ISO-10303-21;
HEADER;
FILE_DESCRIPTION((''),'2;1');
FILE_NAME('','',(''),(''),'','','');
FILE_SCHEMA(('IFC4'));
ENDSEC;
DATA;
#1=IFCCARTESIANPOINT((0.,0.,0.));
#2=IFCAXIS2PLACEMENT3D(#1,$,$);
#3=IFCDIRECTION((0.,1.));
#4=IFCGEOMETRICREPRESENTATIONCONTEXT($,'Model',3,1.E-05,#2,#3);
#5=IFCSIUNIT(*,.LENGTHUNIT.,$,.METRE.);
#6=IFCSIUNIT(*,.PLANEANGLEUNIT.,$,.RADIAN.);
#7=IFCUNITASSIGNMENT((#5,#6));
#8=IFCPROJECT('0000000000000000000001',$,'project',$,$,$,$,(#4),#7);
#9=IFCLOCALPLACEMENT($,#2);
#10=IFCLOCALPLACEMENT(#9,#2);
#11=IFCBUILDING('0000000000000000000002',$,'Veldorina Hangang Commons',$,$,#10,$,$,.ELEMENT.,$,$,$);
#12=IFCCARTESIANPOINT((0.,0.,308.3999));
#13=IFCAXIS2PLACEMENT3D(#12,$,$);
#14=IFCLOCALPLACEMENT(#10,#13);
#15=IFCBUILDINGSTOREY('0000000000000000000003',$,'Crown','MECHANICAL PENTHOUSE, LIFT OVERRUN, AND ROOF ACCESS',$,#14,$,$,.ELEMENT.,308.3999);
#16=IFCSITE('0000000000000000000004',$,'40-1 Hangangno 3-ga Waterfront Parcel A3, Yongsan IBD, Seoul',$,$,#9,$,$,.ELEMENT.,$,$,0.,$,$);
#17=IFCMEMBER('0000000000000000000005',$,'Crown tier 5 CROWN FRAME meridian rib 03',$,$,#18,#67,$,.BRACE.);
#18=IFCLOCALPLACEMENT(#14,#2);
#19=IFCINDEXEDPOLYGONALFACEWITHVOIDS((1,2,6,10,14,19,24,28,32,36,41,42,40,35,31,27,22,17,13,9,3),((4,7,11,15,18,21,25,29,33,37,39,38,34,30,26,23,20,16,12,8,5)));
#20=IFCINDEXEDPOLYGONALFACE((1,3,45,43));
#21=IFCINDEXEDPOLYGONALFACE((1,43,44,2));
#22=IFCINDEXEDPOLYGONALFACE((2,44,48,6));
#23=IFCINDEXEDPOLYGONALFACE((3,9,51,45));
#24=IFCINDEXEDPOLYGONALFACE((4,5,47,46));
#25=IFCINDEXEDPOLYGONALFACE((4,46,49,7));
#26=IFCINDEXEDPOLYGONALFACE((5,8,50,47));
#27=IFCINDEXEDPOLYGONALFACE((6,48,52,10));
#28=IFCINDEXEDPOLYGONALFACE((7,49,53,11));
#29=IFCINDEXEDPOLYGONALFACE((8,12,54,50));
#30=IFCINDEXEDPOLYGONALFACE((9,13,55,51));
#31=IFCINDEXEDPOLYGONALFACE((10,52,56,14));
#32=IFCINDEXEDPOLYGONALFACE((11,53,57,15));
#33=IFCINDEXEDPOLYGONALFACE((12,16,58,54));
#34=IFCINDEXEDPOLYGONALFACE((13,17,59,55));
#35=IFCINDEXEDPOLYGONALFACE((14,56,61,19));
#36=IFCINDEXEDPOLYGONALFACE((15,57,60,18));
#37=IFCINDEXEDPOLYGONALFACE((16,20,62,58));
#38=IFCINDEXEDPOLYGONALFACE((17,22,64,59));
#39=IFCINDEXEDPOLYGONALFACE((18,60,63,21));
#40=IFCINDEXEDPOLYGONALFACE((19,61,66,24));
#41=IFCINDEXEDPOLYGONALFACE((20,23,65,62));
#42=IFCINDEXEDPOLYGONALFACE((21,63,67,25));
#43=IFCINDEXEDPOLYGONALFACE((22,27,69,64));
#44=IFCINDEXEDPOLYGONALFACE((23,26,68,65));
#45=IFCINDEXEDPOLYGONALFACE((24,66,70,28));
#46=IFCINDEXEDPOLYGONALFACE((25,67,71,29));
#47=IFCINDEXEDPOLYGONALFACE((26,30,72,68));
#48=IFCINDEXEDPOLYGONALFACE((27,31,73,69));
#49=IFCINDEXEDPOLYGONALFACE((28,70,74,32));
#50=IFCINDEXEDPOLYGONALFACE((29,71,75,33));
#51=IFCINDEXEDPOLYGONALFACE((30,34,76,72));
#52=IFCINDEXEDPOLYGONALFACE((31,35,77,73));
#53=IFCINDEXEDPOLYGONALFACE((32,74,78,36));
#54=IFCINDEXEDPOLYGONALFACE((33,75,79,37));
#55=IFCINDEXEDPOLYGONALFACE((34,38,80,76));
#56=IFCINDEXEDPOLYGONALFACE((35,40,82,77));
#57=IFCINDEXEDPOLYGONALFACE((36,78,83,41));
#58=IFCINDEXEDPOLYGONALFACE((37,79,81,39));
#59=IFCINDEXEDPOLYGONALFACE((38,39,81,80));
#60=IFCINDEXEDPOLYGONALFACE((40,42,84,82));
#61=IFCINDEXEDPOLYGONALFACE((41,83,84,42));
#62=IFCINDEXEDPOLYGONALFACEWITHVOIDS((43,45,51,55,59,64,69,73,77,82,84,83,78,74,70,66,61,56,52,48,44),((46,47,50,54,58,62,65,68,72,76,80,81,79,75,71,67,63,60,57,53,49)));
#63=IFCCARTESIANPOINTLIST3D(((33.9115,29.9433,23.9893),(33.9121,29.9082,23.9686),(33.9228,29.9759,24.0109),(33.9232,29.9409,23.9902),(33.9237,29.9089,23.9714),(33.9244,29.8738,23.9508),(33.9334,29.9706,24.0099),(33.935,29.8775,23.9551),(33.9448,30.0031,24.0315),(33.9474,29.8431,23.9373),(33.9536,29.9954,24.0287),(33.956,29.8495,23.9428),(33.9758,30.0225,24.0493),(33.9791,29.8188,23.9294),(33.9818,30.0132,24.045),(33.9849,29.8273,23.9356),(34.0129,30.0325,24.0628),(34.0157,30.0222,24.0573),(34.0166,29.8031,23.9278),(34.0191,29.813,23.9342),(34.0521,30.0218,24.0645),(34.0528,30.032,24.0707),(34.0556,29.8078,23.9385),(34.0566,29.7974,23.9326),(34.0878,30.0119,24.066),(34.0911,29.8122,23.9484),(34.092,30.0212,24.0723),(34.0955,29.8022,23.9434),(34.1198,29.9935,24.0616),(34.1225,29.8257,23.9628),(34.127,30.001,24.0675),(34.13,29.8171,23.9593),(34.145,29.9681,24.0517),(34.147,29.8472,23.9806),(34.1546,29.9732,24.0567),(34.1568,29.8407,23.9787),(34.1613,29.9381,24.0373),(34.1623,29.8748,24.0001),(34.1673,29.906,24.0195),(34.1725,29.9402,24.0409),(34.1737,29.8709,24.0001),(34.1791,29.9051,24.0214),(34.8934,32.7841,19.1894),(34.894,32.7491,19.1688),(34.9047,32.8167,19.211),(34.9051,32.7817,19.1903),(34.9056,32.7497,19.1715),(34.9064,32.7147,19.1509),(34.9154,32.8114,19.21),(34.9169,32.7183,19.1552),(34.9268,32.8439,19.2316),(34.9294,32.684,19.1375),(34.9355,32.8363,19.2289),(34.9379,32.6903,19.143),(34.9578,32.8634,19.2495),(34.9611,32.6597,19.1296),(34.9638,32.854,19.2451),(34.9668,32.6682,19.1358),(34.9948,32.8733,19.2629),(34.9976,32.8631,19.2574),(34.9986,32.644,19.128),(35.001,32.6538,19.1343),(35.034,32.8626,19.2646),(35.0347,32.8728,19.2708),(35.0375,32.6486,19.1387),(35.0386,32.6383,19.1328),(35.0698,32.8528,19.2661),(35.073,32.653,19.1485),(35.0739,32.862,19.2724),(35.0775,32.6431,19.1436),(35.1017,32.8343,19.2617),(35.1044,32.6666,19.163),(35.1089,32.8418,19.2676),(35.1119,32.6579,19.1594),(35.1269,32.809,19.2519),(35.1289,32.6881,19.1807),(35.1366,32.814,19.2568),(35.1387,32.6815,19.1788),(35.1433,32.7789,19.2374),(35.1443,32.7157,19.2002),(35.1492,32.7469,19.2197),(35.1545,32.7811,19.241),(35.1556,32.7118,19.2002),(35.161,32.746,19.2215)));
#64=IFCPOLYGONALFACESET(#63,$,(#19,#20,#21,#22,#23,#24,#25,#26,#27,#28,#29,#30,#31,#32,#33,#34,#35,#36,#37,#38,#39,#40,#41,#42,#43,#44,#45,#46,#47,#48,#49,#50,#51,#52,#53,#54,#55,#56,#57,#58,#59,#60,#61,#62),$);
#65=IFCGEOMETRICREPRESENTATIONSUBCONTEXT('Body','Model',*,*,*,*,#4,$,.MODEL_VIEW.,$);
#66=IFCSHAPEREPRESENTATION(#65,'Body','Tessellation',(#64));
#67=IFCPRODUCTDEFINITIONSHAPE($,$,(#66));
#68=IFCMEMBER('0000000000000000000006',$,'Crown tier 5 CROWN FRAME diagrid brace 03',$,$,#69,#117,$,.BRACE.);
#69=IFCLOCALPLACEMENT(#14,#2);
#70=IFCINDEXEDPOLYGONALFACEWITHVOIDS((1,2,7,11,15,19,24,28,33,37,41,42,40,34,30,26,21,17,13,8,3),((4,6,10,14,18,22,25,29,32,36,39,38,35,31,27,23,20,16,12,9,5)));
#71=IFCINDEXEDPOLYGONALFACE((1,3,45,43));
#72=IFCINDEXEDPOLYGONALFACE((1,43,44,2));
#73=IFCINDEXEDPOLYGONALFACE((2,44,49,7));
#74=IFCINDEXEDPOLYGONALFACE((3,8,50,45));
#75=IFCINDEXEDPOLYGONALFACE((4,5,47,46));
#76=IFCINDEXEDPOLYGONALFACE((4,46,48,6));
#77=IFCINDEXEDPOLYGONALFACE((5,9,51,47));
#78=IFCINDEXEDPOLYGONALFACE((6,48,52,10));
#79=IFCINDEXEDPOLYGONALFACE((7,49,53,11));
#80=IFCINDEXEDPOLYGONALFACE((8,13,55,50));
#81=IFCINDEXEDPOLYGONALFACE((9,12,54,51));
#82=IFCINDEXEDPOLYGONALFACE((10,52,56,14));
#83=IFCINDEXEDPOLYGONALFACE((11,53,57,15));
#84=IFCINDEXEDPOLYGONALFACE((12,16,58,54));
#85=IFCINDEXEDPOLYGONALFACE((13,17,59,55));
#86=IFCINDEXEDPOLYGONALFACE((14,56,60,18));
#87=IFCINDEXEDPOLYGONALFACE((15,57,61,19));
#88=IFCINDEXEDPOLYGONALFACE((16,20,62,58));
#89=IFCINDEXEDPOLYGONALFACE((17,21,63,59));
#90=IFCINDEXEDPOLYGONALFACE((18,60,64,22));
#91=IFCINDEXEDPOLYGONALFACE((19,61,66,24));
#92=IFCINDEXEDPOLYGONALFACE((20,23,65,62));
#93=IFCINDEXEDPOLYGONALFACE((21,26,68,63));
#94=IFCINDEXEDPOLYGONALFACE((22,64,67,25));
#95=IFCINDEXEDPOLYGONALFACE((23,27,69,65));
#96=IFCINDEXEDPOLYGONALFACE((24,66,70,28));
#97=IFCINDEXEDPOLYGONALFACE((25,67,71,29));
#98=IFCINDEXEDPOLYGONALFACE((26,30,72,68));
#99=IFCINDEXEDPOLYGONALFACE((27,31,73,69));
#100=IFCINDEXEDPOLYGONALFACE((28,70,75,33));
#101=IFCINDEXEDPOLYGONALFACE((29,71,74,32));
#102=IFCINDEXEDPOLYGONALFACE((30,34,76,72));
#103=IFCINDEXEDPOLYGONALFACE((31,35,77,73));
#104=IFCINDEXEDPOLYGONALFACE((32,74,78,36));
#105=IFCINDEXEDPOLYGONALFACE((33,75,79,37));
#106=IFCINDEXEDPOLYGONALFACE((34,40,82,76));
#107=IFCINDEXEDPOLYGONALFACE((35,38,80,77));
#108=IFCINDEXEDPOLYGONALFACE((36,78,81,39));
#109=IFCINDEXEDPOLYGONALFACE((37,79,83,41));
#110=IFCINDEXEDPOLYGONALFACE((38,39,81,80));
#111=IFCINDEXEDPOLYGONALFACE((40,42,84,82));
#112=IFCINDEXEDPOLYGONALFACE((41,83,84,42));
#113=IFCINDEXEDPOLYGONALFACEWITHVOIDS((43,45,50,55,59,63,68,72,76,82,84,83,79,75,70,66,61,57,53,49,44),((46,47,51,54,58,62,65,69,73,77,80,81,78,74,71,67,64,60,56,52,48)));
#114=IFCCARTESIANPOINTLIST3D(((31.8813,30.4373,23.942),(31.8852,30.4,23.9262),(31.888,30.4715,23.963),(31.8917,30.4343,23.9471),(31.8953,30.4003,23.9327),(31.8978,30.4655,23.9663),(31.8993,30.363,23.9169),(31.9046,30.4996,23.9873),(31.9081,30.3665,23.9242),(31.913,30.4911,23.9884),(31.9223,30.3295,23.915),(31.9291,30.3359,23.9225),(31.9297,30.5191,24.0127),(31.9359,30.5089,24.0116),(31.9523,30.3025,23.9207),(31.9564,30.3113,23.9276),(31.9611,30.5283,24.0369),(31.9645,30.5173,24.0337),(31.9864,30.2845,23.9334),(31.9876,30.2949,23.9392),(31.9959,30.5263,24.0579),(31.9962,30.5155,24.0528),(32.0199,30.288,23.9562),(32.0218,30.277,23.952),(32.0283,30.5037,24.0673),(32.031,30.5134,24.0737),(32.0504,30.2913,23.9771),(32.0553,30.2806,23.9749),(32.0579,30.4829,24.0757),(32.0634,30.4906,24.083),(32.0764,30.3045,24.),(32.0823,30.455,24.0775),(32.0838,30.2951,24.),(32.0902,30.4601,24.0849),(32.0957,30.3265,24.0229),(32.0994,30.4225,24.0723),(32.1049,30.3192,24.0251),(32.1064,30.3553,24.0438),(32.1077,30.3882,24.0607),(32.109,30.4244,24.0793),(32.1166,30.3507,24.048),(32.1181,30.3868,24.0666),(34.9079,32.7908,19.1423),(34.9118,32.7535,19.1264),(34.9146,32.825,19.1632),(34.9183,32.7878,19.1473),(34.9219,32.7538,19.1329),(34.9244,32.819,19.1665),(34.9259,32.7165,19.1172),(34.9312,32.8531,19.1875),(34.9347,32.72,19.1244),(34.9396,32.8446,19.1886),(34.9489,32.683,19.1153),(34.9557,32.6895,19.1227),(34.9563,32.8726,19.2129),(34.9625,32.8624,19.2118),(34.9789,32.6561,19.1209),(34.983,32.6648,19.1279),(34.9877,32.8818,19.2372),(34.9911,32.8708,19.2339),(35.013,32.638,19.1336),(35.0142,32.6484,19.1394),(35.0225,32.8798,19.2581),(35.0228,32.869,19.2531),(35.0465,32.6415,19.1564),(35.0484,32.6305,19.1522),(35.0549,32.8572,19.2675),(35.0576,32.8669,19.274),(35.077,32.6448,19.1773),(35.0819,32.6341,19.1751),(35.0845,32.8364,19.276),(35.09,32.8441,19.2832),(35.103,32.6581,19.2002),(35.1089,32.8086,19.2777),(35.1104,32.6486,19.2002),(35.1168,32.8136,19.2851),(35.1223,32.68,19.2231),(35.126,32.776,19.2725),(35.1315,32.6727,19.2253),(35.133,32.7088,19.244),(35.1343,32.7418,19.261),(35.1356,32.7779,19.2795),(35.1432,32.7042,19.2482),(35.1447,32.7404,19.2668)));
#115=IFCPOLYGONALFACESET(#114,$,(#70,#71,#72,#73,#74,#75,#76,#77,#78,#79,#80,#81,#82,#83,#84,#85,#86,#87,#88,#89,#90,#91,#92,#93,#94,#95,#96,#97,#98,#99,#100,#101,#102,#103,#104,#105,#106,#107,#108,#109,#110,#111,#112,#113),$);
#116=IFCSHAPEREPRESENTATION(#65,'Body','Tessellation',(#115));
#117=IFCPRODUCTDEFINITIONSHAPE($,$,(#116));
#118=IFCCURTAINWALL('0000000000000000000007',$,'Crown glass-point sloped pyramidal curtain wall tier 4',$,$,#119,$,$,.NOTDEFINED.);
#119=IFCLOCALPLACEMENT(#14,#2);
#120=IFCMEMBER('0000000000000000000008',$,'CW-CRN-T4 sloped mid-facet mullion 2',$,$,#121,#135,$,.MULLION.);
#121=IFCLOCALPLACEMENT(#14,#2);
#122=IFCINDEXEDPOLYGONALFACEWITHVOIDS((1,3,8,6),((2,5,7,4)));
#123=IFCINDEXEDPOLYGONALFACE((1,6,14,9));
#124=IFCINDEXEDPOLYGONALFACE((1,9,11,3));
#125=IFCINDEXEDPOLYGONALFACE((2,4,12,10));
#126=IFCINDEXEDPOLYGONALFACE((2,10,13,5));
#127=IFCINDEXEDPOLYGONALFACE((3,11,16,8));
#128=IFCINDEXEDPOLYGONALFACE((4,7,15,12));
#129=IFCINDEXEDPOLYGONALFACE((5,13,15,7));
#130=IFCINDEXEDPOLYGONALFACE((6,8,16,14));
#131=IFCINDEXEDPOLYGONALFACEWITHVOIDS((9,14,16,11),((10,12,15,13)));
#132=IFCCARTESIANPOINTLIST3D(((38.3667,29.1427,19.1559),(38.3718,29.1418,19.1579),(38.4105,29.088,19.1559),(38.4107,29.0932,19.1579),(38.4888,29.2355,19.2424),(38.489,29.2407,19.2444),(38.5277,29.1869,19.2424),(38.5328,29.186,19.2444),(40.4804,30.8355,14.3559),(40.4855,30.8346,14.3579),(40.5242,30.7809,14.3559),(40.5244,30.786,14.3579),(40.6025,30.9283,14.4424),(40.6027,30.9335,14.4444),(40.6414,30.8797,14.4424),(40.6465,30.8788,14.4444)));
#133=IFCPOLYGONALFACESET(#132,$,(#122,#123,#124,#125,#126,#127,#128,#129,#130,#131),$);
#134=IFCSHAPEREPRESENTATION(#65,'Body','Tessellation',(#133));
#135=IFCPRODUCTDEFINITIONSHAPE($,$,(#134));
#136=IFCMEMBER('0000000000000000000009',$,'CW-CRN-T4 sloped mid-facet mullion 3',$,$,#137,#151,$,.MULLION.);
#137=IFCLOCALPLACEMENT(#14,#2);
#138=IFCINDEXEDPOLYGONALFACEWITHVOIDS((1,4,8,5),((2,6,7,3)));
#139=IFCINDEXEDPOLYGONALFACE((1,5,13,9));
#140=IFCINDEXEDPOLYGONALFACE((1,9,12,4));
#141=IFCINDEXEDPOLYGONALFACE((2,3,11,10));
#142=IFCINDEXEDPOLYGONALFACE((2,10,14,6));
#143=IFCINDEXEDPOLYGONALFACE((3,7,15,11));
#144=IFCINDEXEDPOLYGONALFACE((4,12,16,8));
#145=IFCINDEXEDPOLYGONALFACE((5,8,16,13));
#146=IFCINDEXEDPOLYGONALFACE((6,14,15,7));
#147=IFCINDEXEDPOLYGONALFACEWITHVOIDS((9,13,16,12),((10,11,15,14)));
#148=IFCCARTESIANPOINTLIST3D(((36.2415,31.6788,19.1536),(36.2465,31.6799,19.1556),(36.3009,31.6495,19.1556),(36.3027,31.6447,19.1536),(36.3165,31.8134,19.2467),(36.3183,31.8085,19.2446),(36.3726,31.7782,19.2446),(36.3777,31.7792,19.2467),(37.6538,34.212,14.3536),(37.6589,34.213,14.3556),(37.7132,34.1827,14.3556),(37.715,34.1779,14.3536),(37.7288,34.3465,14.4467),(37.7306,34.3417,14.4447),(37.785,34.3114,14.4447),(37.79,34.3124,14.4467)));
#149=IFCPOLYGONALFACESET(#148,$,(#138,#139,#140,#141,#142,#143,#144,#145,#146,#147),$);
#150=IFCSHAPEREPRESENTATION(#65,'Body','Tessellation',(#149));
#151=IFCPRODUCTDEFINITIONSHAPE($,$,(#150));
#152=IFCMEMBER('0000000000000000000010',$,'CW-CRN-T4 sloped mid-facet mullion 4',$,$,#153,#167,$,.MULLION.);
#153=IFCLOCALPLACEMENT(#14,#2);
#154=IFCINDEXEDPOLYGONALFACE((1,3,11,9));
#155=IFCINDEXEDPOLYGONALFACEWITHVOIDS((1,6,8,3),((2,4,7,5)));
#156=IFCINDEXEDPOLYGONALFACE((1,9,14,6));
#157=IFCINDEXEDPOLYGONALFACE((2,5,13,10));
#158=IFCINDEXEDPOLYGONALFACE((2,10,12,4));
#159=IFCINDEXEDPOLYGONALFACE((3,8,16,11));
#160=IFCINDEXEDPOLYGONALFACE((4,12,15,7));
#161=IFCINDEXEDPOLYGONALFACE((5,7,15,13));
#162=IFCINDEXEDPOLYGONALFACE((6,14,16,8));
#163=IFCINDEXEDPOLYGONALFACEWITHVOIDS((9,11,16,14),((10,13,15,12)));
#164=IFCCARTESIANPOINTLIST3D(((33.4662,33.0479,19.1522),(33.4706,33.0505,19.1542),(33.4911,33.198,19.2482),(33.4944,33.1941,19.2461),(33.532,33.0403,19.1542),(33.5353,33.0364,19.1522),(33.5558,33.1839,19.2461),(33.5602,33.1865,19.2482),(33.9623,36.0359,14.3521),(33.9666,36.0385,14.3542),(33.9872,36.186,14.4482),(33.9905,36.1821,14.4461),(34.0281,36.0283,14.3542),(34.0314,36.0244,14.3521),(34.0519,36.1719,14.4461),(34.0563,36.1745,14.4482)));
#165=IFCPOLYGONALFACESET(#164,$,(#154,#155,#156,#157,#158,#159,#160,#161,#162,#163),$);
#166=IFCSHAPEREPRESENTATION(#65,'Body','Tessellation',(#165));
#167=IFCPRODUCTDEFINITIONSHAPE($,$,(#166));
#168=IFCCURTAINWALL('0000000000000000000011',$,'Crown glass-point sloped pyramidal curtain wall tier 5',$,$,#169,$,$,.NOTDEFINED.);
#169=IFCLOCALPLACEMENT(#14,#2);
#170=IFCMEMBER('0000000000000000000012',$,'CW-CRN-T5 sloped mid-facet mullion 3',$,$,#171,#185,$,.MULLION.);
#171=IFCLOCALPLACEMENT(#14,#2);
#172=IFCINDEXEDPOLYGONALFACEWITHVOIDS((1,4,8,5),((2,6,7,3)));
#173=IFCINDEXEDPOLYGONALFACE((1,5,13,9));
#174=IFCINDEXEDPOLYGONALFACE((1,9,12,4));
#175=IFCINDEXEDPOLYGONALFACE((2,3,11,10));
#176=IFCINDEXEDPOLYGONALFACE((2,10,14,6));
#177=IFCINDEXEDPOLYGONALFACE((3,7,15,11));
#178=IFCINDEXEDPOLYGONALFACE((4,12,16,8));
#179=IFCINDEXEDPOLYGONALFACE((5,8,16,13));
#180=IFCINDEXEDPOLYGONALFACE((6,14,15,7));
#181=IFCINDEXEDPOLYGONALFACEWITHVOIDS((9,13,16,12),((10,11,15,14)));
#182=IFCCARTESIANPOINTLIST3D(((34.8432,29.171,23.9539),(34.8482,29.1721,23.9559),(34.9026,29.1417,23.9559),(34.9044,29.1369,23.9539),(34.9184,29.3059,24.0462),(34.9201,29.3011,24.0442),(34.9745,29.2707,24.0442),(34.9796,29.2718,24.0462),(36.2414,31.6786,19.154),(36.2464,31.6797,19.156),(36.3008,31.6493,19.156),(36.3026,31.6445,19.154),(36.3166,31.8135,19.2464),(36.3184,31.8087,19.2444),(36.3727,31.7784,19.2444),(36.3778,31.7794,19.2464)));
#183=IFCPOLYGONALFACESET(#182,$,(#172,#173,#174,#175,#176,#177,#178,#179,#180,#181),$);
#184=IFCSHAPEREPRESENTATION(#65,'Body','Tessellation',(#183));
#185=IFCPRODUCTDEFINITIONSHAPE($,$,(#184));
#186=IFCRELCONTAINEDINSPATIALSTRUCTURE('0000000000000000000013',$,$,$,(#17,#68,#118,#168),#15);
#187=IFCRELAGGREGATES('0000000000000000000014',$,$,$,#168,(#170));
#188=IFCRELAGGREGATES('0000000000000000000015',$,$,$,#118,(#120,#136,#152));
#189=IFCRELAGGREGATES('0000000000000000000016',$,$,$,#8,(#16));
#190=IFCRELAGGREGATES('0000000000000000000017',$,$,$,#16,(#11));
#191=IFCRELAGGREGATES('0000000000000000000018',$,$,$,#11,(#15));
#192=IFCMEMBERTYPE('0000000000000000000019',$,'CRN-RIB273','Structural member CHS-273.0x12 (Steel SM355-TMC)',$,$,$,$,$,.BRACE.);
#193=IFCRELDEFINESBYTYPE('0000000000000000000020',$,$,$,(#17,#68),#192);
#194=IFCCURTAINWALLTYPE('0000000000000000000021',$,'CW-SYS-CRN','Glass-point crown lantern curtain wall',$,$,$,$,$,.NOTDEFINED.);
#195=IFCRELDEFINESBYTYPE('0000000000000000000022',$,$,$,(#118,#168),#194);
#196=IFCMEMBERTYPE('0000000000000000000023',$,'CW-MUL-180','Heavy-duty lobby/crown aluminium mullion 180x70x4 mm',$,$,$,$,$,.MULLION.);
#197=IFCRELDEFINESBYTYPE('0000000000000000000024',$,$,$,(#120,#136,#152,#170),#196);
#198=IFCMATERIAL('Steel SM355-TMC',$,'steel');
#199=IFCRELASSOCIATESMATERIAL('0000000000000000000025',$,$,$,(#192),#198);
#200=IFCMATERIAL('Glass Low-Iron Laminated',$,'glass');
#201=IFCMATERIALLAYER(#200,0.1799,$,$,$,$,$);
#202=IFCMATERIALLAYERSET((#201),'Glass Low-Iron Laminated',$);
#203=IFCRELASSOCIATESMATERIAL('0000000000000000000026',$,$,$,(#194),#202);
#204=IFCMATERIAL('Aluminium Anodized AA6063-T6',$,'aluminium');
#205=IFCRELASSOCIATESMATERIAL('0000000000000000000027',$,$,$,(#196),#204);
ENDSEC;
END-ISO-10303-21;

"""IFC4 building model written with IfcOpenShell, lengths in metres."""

from ifc_helpers import new_model, si_unit, direction, frame, origin, origin_2d, place, context, subcontext, project, spatial, hollow_rectangle, hollow_circle, extrude, material, layer, layer_set, material_profile, profile_set, type_object, element, aggregate, save


model = new_model("IFC4")

# Units and contexts
model_context = context("Model", 3, precision=1e-05, world=origin(), true_north=direction((0.0, 1.0)))
body_context = subcontext(model_context, "Body", "Model", "MODEL_VIEW")
ifc_project = project(units=[si_unit("LENGTHUNIT", "METRE"), si_unit("PLANEANGLEUNIT", "RADIAN")], contexts=[model_context])

# Site, building, storey
site_placement = place(None, origin())
site = spatial("IfcSite", under=ifc_project, at=site_placement, Name="40-1 Hangangno 3-ga Waterfront Parcel A3, Yongsan IBD, Seoul", CompositionType="ELEMENT", RefElevation=0.0)
building_placement = place(site_placement, origin())
building = spatial("IfcBuilding", under=site, at=building_placement, Name="Veldorina Hangang Commons", CompositionType="ELEMENT")
storey_placement = place(building_placement, frame((0.0, 0.0, 308.3999)))
storey = spatial("IfcBuildingStorey", under=building, at=storey_placement, Name="Crown", Description="MECHANICAL PENTHOUSE, LIFT OVERRUN, AND ROOF ACCESS", CompositionType="ELEMENT", Elevation=308.3999)

# Members
ifc_material_1 = material(Name="Steel SM355-TMC", Category="steel")
ifc_material_profile_1 = material_profile(ifc_material_1, hollow_circle(Radius=0.1365, WallThickness=0.012, at=origin_2d()), Name="CHS-273.0x12")
ifc_profile_set_1 = profile_set([ifc_material_profile_1], Name="Steel SM355-TMC")
member_type_1 = type_object("IfcMemberType", Name="CRN-RIB273", Description="Structural member CHS-273.0x12 (Steel SM355-TMC)", PredefinedType="BRACE", material=ifc_profile_set_1)
member_1_placement = place(storey_placement, frame((35.0266, 32.7563, 19.2002), z_axis=(-0.173386, -0.501622, 0.847533), x_axis=(0.945133, -0.326686, 0.0)))
element("IfcMember", 1, at=member_1_placement, inside=storey, type_object=member_type_1, Name="Crown tier 5 CROWN FRAME meridian rib 03", PredefinedType="BRACE", context=body_context, shape_type="SweptSolid", body=[
    extrude(hollow_circle(Radius=0.1365, WallThickness=0.012, at=origin_2d()), origin(), (0.0, 0.0, 1.0), 5.6633),
])
member_2_placement = place(storey_placement, frame((35.0266, 32.7563, 19.2002), z_axis=(-0.492686, -0.383116, 0.781334), x_axis=(0.613857, -0.789417, 0.0)))
element("IfcMember", 2, at=member_2_placement, inside=storey, type_object=member_type_1, Name="Crown tier 5 CROWN FRAME diagrid brace 03", PredefinedType="BRACE", context=body_context, shape_type="SweptSolid", body=[
    extrude(hollow_circle(Radius=0.1365, WallThickness=0.012, at=origin_2d()), origin(), (0.0, 0.0, 1.0), 6.1431),
])

# Curtain wall, members
ifc_material_2 = material(Name="Glass Low-Iron Laminated", Category="glass")
ifc_layer_1 = layer(ifc_material_2, 0.1799)
ifc_layer_set_1 = layer_set([ifc_layer_1], Name="Glass Low-Iron Laminated")
curtain_wall_type = type_object("IfcCurtainWallType", Name="CW-SYS-CRN", Description="Glass-point crown lantern curtain wall", PredefinedType="NOTDEFINED", material=ifc_layer_set_1)
curtain_wall_1_placement = place(storey_placement, origin())
curtain_wall_1 = element("IfcCurtainWall", 3, at=curtain_wall_1_placement, inside=storey, type_object=curtain_wall_type, Name="Crown glass-point sloped pyramidal curtain wall tier 4", PredefinedType="NOTDEFINED")
ifc_material_3 = material(Name="Aluminium Anodized AA6063-T6", Category="aluminium")
ifc_material_profile_2 = material_profile(ifc_material_3, hollow_rectangle(XDim=0.0701, YDim=0.1799, WallThickness=0.0039, at=origin_2d()), Name="ALU-RHS-180x70x4")
ifc_profile_set_2 = profile_set([ifc_material_profile_2], Name="Aluminium Anodized AA6063-T6")
member_type_2 = type_object("IfcMemberType", Name="CW-MUL-180", Description="Heavy-duty lobby/crown aluminium mullion 180x70x4 mm", PredefinedType="MULLION", material=ifc_profile_set_2)
member_3_placement = place(storey_placement, frame((40.5635, 30.8572, 14.4001), z_axis=(-0.383535, -0.307164, 0.870949), x_axis=(0.625113, -0.780534, 0.0)))
member_3 = element("IfcMember", 4, at=member_3_placement, type_object=member_type_2, Name="CW-CRN-T4 sloped mid-facet mullion 2", PredefinedType="MULLION", context=body_context, shape_type="SweptSolid", body=[
    extrude(hollow_rectangle(XDim=0.0701, YDim=0.1799, WallThickness=0.0039, at=origin_2d()), origin(), (0.0, 0.0, 1.0), 5.5112),
])
member_4_placement = place(storey_placement, frame((37.7219, 34.2622, 14.4001), z_axis=(-0.251836, -0.451693, 0.855893), x_axis=(0.873422, -0.486965, 0.0)))
member_4 = element("IfcMember", 5, at=member_4_placement, type_object=member_type_2, Name="CW-CRN-T4 sloped mid-facet mullion 3", PredefinedType="MULLION", context=body_context, shape_type="SweptSolid", body=[
    extrude(hollow_rectangle(XDim=0.0701, YDim=0.1799, WallThickness=0.0039, at=origin_2d()), origin(), (0.0, 0.0, 1.0), 5.6082),
])
member_5_placement = place(storey_placement, frame((34.0093, 36.1052, 14.4001), z_axis=(-0.087405, -0.52645, 0.845701), x_axis=(0.986496, -0.163785, 0.0)))
member_5 = element("IfcMember", 6, at=member_5_placement, type_object=member_type_2, Name="CW-CRN-T4 sloped mid-facet mullion 4", PredefinedType="MULLION", context=body_context, shape_type="SweptSolid", body=[
    extrude(hollow_rectangle(XDim=0.0701, YDim=0.1799, WallThickness=0.0039, at=origin_2d()), origin(), (0.0, 0.0, 1.0), 5.6758),
])

# Curtain wall, member
curtain_wall_2_placement = place(storey_placement, origin())
curtain_wall_2 = element("IfcCurtainWall", 7, at=curtain_wall_2_placement, inside=storey, type_object=curtain_wall_type, Name="Crown glass-point sloped pyramidal curtain wall tier 5", PredefinedType="NOTDEFINED")
member_6_placement = place(storey_placement, frame((36.3096, 31.729, 19.2002), z_axis=(-0.249993, -0.448345, 0.85819), x_axis=(0.873402, -0.487, 0.0)))
member_6 = element("IfcMember", 8, at=member_6_placement, type_object=member_type_2, Name="CW-CRN-T5 sloped mid-facet mullion 3", PredefinedType="MULLION", context=body_context, shape_type="SweptSolid", body=[
    extrude(hollow_rectangle(XDim=0.0701, YDim=0.1799, WallThickness=0.0039, at=origin_2d()), origin(), (0.0, 0.0, 1.0), 5.593),
])
aggregate(curtain_wall_2, [member_6])

aggregate(curtain_wall_1, [member_3, member_4, member_5])

save(model, "model.ifc")
